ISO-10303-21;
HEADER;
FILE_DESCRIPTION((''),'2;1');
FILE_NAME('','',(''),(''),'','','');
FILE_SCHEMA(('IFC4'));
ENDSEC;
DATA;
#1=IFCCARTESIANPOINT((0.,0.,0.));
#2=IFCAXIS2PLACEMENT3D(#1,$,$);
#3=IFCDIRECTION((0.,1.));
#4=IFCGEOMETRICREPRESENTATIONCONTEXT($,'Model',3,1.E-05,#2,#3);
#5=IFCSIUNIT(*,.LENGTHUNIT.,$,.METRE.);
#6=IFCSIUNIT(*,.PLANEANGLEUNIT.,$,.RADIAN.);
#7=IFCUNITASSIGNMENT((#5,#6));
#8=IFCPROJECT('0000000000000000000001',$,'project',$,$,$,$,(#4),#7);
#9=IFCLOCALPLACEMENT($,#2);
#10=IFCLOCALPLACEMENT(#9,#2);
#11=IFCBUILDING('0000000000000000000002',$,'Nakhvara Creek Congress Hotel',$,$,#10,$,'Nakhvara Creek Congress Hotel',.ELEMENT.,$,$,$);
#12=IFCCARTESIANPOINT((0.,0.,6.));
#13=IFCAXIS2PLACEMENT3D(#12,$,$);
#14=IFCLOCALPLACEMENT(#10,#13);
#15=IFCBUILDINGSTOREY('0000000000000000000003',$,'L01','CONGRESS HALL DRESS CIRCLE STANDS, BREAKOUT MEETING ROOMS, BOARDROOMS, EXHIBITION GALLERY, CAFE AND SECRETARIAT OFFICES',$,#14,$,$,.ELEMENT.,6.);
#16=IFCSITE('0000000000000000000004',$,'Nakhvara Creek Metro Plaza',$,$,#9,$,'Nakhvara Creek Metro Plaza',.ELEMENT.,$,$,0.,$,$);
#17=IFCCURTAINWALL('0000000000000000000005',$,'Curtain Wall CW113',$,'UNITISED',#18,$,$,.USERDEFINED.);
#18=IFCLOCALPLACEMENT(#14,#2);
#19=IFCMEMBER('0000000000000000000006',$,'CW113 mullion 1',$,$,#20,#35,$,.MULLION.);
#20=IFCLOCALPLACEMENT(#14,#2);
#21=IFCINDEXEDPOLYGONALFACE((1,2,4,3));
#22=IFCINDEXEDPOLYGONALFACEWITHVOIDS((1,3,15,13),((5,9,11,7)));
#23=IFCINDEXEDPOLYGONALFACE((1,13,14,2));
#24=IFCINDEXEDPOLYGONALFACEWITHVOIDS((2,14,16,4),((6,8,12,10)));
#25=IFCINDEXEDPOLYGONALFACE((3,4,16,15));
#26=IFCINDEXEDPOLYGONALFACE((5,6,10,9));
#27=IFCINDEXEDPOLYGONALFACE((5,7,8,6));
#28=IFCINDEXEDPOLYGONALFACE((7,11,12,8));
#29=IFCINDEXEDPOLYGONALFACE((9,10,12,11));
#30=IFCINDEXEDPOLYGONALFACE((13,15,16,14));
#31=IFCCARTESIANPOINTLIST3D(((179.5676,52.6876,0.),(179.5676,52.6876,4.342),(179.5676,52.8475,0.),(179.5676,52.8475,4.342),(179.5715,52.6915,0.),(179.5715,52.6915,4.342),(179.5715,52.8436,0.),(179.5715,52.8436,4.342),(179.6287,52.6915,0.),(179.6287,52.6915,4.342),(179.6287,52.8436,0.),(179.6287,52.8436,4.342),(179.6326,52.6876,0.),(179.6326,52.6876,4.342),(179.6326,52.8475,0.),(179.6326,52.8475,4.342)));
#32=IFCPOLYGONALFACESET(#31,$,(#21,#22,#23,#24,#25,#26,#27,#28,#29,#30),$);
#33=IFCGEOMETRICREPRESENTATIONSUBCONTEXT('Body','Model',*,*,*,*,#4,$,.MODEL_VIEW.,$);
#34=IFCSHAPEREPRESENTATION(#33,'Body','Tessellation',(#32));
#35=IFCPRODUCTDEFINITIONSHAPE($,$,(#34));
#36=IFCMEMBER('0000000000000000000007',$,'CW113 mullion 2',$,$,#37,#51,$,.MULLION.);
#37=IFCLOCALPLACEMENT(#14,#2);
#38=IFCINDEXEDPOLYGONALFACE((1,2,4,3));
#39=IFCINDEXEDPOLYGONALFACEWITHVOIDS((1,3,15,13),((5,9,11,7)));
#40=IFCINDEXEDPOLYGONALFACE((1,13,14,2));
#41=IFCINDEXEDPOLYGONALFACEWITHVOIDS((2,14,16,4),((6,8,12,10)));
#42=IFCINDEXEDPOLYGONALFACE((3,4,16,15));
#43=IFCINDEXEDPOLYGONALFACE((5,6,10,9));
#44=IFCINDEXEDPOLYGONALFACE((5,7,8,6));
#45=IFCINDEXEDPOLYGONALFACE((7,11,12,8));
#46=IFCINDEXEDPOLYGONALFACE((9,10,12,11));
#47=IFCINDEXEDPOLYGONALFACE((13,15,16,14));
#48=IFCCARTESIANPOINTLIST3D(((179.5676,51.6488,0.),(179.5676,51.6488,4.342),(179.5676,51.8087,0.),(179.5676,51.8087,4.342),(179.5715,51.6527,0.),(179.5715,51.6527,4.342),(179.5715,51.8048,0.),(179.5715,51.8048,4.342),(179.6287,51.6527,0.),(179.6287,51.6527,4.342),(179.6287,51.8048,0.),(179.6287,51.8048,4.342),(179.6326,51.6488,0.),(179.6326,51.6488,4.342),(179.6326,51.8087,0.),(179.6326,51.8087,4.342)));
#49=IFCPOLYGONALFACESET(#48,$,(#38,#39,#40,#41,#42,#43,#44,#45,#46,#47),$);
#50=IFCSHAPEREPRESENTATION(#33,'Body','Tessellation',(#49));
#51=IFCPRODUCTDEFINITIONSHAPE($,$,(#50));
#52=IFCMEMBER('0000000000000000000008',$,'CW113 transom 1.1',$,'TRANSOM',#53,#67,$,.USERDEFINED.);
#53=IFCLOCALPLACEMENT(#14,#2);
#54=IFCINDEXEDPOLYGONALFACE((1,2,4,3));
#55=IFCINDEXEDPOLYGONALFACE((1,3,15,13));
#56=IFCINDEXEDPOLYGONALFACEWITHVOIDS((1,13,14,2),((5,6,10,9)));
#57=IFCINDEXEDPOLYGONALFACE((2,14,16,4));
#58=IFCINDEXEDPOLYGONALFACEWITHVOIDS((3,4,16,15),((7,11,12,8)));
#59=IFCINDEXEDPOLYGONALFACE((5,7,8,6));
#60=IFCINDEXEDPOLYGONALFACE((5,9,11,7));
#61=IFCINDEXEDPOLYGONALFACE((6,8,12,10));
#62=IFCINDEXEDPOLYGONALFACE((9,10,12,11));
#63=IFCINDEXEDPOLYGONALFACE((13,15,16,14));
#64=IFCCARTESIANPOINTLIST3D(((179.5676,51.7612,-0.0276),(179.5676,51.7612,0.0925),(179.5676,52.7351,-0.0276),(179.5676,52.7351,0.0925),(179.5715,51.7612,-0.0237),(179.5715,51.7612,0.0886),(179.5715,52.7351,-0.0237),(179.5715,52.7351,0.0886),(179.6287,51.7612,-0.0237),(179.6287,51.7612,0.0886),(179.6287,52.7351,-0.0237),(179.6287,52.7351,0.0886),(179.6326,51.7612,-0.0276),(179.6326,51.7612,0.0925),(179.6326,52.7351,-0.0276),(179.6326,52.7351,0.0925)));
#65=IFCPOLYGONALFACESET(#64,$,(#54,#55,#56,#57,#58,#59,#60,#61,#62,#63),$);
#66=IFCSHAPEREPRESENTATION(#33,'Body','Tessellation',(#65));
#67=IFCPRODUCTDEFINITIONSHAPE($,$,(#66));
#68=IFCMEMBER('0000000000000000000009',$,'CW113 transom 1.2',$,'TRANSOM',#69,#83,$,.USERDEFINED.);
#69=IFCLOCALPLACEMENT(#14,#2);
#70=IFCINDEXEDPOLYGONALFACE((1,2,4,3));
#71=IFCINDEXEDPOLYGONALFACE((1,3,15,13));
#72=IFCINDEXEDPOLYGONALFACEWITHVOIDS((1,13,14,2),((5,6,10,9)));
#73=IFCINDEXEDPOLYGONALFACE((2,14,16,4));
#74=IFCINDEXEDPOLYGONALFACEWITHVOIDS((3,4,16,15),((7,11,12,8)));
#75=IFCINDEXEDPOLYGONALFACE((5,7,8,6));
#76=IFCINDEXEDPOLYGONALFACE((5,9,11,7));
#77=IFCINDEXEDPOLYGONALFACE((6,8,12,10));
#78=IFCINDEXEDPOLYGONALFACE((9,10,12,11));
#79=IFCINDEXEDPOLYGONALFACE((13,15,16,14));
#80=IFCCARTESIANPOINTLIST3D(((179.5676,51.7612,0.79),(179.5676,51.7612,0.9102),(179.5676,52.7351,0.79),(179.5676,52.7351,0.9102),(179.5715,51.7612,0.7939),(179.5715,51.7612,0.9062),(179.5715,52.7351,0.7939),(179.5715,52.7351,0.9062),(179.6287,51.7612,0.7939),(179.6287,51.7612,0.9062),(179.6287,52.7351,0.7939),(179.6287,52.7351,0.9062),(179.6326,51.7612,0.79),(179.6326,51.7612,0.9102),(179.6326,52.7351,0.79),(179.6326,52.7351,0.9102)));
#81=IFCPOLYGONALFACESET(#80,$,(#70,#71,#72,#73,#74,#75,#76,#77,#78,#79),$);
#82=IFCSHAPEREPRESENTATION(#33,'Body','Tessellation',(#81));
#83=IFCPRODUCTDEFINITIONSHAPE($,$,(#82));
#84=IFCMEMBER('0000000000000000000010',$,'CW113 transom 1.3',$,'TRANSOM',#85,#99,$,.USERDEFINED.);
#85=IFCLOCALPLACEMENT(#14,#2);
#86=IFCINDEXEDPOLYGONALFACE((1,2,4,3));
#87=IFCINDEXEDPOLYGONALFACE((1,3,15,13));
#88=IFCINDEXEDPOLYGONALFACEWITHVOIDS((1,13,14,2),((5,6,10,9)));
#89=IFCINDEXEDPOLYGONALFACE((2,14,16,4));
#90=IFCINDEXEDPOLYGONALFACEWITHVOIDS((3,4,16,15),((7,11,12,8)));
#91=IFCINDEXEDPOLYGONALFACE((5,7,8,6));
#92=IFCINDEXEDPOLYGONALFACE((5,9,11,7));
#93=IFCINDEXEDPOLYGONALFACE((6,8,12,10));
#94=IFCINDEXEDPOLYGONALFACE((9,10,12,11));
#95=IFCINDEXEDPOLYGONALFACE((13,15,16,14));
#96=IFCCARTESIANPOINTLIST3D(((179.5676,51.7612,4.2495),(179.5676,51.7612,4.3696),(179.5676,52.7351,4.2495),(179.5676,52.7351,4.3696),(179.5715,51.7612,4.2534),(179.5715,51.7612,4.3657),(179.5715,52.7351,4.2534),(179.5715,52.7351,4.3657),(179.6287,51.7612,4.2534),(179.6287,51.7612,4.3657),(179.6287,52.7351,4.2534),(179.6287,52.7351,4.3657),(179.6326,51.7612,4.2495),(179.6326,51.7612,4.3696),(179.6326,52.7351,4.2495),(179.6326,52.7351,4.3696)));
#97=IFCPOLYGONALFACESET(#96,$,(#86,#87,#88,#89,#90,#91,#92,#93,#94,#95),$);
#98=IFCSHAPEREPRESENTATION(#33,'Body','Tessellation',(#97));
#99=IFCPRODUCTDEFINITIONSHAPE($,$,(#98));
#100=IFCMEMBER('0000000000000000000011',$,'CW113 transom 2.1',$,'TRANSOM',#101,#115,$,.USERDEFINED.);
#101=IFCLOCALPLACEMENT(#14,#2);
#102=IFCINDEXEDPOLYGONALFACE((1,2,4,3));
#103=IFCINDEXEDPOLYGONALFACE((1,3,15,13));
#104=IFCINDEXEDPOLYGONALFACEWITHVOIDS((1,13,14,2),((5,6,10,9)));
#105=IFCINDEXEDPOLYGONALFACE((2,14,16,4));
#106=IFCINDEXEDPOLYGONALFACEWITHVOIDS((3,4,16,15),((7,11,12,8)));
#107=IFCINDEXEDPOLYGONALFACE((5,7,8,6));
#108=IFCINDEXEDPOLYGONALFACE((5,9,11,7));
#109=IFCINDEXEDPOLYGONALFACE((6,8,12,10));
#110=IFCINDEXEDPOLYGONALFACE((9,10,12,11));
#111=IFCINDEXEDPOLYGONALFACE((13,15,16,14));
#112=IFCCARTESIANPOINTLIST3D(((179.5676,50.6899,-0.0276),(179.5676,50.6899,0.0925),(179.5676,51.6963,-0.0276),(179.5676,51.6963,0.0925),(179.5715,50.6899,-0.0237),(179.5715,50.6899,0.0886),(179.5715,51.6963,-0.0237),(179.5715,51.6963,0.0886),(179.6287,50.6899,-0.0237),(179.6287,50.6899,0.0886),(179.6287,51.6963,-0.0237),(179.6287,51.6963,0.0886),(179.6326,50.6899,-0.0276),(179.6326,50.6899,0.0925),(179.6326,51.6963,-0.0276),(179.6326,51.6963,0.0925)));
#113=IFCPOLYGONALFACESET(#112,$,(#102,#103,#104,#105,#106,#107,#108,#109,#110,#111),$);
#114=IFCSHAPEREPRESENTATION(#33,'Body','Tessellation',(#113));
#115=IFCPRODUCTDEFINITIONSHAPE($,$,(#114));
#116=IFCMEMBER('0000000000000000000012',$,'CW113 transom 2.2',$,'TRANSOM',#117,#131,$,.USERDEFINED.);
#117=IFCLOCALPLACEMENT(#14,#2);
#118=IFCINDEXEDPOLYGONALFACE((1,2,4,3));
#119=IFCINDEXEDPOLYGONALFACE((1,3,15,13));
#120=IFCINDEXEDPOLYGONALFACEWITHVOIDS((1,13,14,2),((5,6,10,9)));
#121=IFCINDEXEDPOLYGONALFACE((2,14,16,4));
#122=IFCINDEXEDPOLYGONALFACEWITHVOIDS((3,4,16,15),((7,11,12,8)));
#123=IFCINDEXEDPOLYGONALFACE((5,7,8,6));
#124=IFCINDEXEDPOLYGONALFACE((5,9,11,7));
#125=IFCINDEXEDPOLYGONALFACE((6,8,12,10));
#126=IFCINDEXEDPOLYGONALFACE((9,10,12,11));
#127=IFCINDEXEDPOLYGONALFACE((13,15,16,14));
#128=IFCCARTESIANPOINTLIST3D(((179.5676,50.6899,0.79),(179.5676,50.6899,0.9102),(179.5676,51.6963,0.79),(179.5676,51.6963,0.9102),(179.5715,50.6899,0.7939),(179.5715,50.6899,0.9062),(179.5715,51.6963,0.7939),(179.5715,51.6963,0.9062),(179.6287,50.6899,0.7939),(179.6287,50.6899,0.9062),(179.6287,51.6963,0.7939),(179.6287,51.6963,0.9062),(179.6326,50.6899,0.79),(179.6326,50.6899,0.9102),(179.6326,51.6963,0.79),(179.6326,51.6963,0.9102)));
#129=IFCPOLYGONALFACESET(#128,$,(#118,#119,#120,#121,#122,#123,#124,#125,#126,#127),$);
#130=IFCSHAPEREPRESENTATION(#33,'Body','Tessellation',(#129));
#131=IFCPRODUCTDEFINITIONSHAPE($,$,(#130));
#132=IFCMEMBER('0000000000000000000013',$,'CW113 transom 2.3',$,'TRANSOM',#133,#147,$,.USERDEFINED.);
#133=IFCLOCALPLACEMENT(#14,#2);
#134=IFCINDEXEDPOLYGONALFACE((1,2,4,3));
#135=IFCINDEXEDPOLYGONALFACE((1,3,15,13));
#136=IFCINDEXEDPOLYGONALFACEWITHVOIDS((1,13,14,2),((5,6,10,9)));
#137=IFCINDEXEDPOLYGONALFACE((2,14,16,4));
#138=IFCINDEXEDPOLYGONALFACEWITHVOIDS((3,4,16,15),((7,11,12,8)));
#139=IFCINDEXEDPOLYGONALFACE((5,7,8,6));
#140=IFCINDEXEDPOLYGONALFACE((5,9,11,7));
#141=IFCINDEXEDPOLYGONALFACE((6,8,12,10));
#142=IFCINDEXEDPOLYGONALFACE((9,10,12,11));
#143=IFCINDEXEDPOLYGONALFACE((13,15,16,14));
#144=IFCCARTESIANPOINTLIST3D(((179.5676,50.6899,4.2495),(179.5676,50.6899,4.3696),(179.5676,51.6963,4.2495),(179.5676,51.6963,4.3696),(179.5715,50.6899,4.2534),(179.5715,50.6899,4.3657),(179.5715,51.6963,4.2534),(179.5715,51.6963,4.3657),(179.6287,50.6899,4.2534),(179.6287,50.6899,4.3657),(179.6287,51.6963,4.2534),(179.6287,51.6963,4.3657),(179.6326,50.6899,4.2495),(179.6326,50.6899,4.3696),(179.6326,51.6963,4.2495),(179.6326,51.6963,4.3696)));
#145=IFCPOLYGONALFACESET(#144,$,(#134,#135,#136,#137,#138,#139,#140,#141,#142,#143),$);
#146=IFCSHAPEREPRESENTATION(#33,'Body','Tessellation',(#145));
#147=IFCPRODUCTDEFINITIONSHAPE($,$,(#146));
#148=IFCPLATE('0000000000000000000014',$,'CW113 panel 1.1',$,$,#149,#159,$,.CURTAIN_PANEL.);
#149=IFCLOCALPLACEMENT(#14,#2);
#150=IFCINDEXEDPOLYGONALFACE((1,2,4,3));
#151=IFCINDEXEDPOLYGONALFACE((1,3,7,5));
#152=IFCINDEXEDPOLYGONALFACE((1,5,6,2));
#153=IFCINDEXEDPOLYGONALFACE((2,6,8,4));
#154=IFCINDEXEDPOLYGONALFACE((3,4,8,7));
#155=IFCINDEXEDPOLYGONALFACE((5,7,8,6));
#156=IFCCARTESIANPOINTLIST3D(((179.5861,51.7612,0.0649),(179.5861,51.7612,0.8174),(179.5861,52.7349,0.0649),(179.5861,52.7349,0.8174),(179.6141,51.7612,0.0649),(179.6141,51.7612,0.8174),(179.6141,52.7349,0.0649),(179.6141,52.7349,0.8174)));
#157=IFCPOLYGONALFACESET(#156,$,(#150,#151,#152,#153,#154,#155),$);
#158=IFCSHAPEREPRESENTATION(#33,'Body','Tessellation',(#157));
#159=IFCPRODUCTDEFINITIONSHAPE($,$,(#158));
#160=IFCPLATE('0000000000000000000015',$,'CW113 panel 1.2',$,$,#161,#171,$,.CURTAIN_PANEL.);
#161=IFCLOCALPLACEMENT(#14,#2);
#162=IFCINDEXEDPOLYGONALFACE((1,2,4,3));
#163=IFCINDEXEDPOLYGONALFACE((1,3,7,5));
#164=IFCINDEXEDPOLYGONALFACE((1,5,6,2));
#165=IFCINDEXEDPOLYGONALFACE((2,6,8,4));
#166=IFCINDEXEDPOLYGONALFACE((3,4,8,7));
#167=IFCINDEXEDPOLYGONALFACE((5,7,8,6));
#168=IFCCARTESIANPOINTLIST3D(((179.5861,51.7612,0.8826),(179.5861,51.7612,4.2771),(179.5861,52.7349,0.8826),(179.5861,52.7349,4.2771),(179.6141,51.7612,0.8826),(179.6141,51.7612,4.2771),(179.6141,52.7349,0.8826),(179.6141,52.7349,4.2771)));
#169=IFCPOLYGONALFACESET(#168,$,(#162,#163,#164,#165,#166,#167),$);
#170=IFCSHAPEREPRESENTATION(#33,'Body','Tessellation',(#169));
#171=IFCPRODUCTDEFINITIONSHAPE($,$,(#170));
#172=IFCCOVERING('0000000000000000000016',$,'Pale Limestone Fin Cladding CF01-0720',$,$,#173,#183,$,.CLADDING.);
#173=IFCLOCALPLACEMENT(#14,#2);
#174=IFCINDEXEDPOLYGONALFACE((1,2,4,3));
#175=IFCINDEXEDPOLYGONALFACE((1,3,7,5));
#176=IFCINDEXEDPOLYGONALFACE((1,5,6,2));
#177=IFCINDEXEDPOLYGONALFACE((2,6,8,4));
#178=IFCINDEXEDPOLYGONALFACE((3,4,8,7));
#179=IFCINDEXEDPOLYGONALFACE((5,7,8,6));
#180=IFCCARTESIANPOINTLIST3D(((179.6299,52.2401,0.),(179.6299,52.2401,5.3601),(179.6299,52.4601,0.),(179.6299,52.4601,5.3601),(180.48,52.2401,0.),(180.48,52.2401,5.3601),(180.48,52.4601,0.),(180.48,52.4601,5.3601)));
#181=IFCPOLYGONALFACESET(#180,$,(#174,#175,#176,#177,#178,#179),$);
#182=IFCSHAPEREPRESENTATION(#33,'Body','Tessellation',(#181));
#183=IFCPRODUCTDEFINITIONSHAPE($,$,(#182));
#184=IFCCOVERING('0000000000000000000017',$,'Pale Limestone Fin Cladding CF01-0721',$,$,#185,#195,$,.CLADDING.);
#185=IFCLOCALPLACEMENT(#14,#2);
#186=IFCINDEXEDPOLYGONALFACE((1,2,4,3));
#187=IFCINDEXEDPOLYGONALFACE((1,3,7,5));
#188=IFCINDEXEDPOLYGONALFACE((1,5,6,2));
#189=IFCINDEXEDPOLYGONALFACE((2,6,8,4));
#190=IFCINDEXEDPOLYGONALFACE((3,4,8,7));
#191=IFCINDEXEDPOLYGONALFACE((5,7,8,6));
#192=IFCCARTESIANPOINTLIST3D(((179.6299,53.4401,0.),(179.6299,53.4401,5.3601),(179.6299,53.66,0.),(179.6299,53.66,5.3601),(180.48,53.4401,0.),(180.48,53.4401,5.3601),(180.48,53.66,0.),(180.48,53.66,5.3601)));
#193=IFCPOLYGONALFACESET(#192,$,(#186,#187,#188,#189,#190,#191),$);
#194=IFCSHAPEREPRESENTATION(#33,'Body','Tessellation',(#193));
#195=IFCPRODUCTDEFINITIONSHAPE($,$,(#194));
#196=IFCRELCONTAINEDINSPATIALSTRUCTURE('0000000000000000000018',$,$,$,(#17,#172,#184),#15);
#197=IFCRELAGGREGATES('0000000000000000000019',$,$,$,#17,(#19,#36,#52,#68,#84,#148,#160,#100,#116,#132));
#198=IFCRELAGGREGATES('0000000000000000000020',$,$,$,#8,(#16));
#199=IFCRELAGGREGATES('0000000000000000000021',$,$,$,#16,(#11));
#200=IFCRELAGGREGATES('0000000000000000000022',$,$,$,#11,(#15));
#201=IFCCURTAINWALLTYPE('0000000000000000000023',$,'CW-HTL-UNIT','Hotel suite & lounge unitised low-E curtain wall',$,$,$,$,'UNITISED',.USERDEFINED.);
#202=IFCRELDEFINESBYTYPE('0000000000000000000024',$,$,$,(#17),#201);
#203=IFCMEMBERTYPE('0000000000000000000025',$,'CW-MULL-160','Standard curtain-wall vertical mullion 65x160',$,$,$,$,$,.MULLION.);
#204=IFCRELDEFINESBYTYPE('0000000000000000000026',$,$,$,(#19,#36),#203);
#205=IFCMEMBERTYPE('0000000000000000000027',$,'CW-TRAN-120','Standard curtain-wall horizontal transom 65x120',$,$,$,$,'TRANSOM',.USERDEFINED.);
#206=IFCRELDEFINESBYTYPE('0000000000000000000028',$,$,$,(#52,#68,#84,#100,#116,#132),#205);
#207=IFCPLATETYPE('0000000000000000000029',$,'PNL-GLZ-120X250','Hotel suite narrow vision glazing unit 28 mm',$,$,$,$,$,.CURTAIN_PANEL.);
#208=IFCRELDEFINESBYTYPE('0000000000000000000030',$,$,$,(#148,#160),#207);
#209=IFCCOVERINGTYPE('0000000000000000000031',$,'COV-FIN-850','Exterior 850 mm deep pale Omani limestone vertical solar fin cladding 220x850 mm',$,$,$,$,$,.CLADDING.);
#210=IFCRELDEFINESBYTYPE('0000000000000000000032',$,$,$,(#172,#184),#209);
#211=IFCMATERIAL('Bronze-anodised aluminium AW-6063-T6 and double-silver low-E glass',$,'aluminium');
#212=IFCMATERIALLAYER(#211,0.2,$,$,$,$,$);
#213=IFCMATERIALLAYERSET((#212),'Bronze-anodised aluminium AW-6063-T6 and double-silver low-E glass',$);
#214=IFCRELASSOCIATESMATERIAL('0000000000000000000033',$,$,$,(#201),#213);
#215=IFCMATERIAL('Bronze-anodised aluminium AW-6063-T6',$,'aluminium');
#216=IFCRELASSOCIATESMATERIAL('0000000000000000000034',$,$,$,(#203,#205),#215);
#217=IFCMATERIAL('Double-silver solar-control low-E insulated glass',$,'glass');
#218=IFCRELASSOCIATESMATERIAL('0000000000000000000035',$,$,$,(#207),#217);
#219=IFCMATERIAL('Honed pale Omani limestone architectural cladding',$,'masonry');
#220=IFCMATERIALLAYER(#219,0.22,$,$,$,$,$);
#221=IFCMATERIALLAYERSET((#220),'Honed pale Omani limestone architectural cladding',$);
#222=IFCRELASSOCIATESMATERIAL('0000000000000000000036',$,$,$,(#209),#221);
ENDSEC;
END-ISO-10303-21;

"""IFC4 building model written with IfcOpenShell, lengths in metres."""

from ifc_helpers import new_model, si_unit, direction, frame, origin, origin_2d, place, context, subcontext, project, spatial, rectangle, hollow_rectangle, extrude, material, layer, layer_set, material_profile, profile_set, type_object, element, aggregate, save


model = new_model("IFC4")

# Units and contexts
model_context = context("Model", 3, precision=1e-05, world=origin(), true_north=direction((0.0, 1.0)))
body_context = subcontext(model_context, "Body", "Model", "MODEL_VIEW")
ifc_project = project(units=[si_unit("LENGTHUNIT", "METRE"), si_unit("PLANEANGLEUNIT", "RADIAN")], contexts=[model_context])

# Site, building, storey
site_placement = place(None, origin())
site = spatial("IfcSite", under=ifc_project, at=site_placement, Name="Nakhvara Creek Metro Plaza", LongName="Nakhvara Creek Metro Plaza", CompositionType="ELEMENT", RefElevation=0.0)
building_placement = place(site_placement, origin())
building = spatial("IfcBuilding", under=site, at=building_placement, Name="Nakhvara Creek Congress Hotel", LongName="Nakhvara Creek Congress Hotel", CompositionType="ELEMENT")
storey_placement = place(building_placement, frame((0.0, 0.0, 6.0)))
storey = spatial("IfcBuildingStorey", under=building, at=storey_placement, Name="L01", Description="CONGRESS HALL DRESS CIRCLE STANDS, BREAKOUT MEETING ROOMS, BOARDROOMS, EXHIBITION GALLERY, CAFE AND SECRETARIAT OFFICES", CompositionType="ELEMENT", Elevation=6.0)

# Curtain wall, members, plates
ifc_material_1 = material(Name="Bronze-anodised aluminium AW-6063-T6 and double-silver low-E glass", Category="aluminium")
ifc_layer_1 = layer(ifc_material_1, 0.2)
ifc_layer_set_1 = layer_set([ifc_layer_1], Name="Bronze-anodised aluminium AW-6063-T6 and double-silver low-E glass")
curtain_wall_type = type_object("IfcCurtainWallType", Name="CW-HTL-UNIT", Description="Hotel suite & lounge unitised low-E curtain wall", ElementType="UNITISED", PredefinedType="USERDEFINED", material=ifc_layer_set_1)
curtain_wall_placement = place(storey_placement, origin())
curtain_wall = element("IfcCurtainWall", 1, at=curtain_wall_placement, inside=storey, type_object=curtain_wall_type, Name="Curtain Wall CW113", ObjectType="UNITISED", PredefinedType="USERDEFINED")
ifc_material_2 = material(Name="Bronze-anodised aluminium AW-6063-T6", Category="aluminium")
ifc_material_profile_1 = material_profile(ifc_material_2, hollow_rectangle(XDim=0.0649, YDim=0.1599, WallThickness=0.0039, at=origin_2d()), Name="ALU-MULL 65x160x4", Category="LoadBearing")
ifc_profile_set_1 = profile_set([ifc_material_profile_1], Name="Bronze-anodised aluminium AW-6063-T6")
member_type_1 = type_object("IfcMemberType", Name="CW-MULL-160", Description="Standard curtain-wall vertical mullion 65x160", PredefinedType="MULLION", material=ifc_profile_set_1)
member_1_placement = place(storey_placement, frame((179.6001, 52.7676, 0.0), z_axis=(0.0, 0.0, 1.0), x_axis=(1.0, 0.0, 0.0)))
member_1 = element("IfcMember", 2, at=member_1_placement, type_object=member_type_1, Name="CW113 mullion 1", PredefinedType="MULLION", context=body_context, shape_type="SweptSolid", body=[
    extrude(hollow_rectangle(XDim=0.0649, YDim=0.1599, WallThickness=0.0039, at=origin_2d()), origin(), (0.0, 0.0, 1.0), 4.342),
])
member_2_placement = place(storey_placement, frame((179.6001, 51.7288, 0.0), z_axis=(0.0, 0.0, 1.0), x_axis=(1.0, 0.0, 0.0)))
member_2 = element("IfcMember", 3, at=member_2_placement, type_object=member_type_1, Name="CW113 mullion 2", PredefinedType="MULLION", context=body_context, shape_type="SweptSolid", body=[
    extrude(hollow_rectangle(XDim=0.0649, YDim=0.1599, WallThickness=0.0039, at=origin_2d()), origin(), (0.0, 0.0, 1.0), 4.342),
])
ifc_material_profile_2 = material_profile(ifc_material_2, hollow_rectangle(XDim=0.0649, YDim=0.1201, WallThickness=0.0039, at=origin_2d()), Name="ALU-TRAN 65x120x4", Category="LoadBearing")
ifc_profile_set_2 = profile_set([ifc_material_profile_2], Name="Bronze-anodised aluminium AW-6063-T6")
member_type_2 = type_object("IfcMemberType", Name="CW-TRAN-120", Description="Standard curtain-wall horizontal transom 65x120", ElementType="TRANSOM", PredefinedType="USERDEFINED", material=ifc_profile_set_2)
member_3_placement = place(storey_placement, frame((179.6001, 52.7351, 0.0325), z_axis=(0.0, -1.0, 0.0), x_axis=(1.0, 0.0, 0.0)))
member_3 = element("IfcMember", 4, at=member_3_placement, type_object=member_type_2, Name="CW113 transom 1.1", ObjectType="TRANSOM", PredefinedType="USERDEFINED", context=body_context, shape_type="SweptSolid", body=[
    extrude(hollow_rectangle(XDim=0.0649, YDim=0.1201, WallThickness=0.0039, at=origin_2d()), origin(), (0.0, 0.0, 1.0), 0.9739),
])
member_4_placement = place(storey_placement, frame((179.6001, 52.7351, 0.8501), z_axis=(0.0, -1.0, 0.0), x_axis=(1.0, 0.0, 0.0)))
member_4 = element("IfcMember", 5, at=member_4_placement, type_object=member_type_2, Name="CW113 transom 1.2", ObjectType="TRANSOM", PredefinedType="USERDEFINED", context=body_context, shape_type="SweptSolid", body=[
    extrude(hollow_rectangle(XDim=0.0649, YDim=0.1201, WallThickness=0.0039, at=origin_2d()), origin(), (0.0, 0.0, 1.0), 0.9739),
])
member_5_placement = place(storey_placement, frame((179.6001, 52.7351, 4.3096), z_axis=(0.0, -1.0, 0.0), x_axis=(1.0, 0.0, 0.0)))
member_5 = element("IfcMember", 6, at=member_5_placement, type_object=member_type_2, Name="CW113 transom 1.3", ObjectType="TRANSOM", PredefinedType="USERDEFINED", context=body_context, shape_type="SweptSolid", body=[
    extrude(hollow_rectangle(XDim=0.0649, YDim=0.1201, WallThickness=0.0039, at=origin_2d()), origin(), (0.0, 0.0, 1.0), 0.9739),
])
member_6_placement = place(storey_placement, frame((179.6001, 51.6963, 0.0325), z_axis=(0.0, -1.0, 0.0), x_axis=(1.0, 0.0, 0.0)))
member_6 = element("IfcMember", 7, at=member_6_placement, type_object=member_type_2, Name="CW113 transom 2.1", ObjectType="TRANSOM", PredefinedType="USERDEFINED", context=body_context, shape_type="SweptSolid", body=[
    extrude(hollow_rectangle(XDim=0.0649, YDim=0.1201, WallThickness=0.0039, at=origin_2d()), origin(), (0.0, 0.0, 1.0), 1.0063),
])
member_7_placement = place(storey_placement, frame((179.6001, 51.6963, 0.8501), z_axis=(0.0, -1.0, 0.0), x_axis=(1.0, 0.0, 0.0)))
member_7 = element("IfcMember", 8, at=member_7_placement, type_object=member_type_2, Name="CW113 transom 2.2", ObjectType="TRANSOM", PredefinedType="USERDEFINED", context=body_context, shape_type="SweptSolid", body=[
    extrude(hollow_rectangle(XDim=0.0649, YDim=0.1201, WallThickness=0.0039, at=origin_2d()), origin(), (0.0, 0.0, 1.0), 1.0063),
])
member_8_placement = place(storey_placement, frame((179.6001, 51.6963, 4.3096), z_axis=(0.0, -1.0, 0.0), x_axis=(1.0, 0.0, 0.0)))
member_8 = element("IfcMember", 9, at=member_8_placement, type_object=member_type_2, Name="CW113 transom 2.3", ObjectType="TRANSOM", PredefinedType="USERDEFINED", context=body_context, shape_type="SweptSolid", body=[
    extrude(hollow_rectangle(XDim=0.0649, YDim=0.1201, WallThickness=0.0039, at=origin_2d()), origin(), (0.0, 0.0, 1.0), 1.0063),
])
ifc_material_3 = material(Name="Double-silver solar-control low-E insulated glass", Category="glass")
plate_type = type_object("IfcPlateType", Name="PNL-GLZ-120X250", Description="Hotel suite narrow vision glazing unit 28 mm", PredefinedType="CURTAIN_PANEL", material=ifc_material_3)
plate_1_placement = place(storey_placement, frame((179.6001, 52.248, 0.0649), z_axis=(0.0, 0.0, 1.0), x_axis=(0.0, -1.0, 0.0)))
plate_1 = element("IfcPlate", 10, at=plate_1_placement, type_object=plate_type, Name="CW113 panel 1.1", PredefinedType="CURTAIN_PANEL", context=body_context, shape_type="SweptSolid", body=[
    extrude(rectangle(XDim=0.9736, YDim=0.0281, at=origin_2d()), origin(), (0.0, 0.0, 1.0), 0.7524),
])
plate_2_placement = place(storey_placement, frame((179.6001, 52.248, 0.8826), z_axis=(0.0, 0.0, 1.0), x_axis=(0.0, -1.0, 0.0)))
plate_2 = element("IfcPlate", 11, at=plate_2_placement, type_object=plate_type, Name="CW113 panel 1.2", PredefinedType="CURTAIN_PANEL", context=body_context, shape_type="SweptSolid", body=[
    extrude(rectangle(XDim=0.9736, YDim=0.0281, at=origin_2d()), origin(), (0.0, 0.0, 1.0), 3.3945),
])
aggregate(curtain_wall, [member_1, member_2, member_3, member_4, member_5, plate_1, plate_2, member_6, member_7, member_8])

# Coverings
ifc_material_4 = material(Name="Honed pale Omani limestone architectural cladding", Category="masonry")
ifc_layer_2 = layer(ifc_material_4, 0.22)
ifc_layer_set_2 = layer_set([ifc_layer_2], Name="Honed pale Omani limestone architectural cladding")
covering_type = type_object("IfcCoveringType", Name="COV-FIN-850", Description="Exterior 850 mm deep pale Omani limestone vertical solar fin cladding 220x850 mm", PredefinedType="CLADDING", material=ifc_layer_set_2)
for number, where, z_axis, x_axis, name in (
    (12, (180.0549, 52.3501, 0.0), (0.0, 0.0, 1.0), (0.0, 1.0, 0.0), "Pale Limestone Fin Cladding CF01-0720"),
    (13, (180.0549, 53.55, 0.0), (0.0, 0.0, 1.0), (0.0, 1.0, 0.0), "Pale Limestone Fin Cladding CF01-0721"),
):
    element("IfcCovering", number, at=place(storey_placement, frame(where, z_axis=z_axis, x_axis=x_axis)), inside=storey, type_object=covering_type, Name=name, PredefinedType="CLADDING", context=body_context, shape_type="SweptSolid", body=[
        extrude(rectangle(XDim=0.22, YDim=0.8501, at=origin_2d()), origin(), (0.0, 0.0, 1.0), 5.3601),
    ])

save(model, "model.ifc")
